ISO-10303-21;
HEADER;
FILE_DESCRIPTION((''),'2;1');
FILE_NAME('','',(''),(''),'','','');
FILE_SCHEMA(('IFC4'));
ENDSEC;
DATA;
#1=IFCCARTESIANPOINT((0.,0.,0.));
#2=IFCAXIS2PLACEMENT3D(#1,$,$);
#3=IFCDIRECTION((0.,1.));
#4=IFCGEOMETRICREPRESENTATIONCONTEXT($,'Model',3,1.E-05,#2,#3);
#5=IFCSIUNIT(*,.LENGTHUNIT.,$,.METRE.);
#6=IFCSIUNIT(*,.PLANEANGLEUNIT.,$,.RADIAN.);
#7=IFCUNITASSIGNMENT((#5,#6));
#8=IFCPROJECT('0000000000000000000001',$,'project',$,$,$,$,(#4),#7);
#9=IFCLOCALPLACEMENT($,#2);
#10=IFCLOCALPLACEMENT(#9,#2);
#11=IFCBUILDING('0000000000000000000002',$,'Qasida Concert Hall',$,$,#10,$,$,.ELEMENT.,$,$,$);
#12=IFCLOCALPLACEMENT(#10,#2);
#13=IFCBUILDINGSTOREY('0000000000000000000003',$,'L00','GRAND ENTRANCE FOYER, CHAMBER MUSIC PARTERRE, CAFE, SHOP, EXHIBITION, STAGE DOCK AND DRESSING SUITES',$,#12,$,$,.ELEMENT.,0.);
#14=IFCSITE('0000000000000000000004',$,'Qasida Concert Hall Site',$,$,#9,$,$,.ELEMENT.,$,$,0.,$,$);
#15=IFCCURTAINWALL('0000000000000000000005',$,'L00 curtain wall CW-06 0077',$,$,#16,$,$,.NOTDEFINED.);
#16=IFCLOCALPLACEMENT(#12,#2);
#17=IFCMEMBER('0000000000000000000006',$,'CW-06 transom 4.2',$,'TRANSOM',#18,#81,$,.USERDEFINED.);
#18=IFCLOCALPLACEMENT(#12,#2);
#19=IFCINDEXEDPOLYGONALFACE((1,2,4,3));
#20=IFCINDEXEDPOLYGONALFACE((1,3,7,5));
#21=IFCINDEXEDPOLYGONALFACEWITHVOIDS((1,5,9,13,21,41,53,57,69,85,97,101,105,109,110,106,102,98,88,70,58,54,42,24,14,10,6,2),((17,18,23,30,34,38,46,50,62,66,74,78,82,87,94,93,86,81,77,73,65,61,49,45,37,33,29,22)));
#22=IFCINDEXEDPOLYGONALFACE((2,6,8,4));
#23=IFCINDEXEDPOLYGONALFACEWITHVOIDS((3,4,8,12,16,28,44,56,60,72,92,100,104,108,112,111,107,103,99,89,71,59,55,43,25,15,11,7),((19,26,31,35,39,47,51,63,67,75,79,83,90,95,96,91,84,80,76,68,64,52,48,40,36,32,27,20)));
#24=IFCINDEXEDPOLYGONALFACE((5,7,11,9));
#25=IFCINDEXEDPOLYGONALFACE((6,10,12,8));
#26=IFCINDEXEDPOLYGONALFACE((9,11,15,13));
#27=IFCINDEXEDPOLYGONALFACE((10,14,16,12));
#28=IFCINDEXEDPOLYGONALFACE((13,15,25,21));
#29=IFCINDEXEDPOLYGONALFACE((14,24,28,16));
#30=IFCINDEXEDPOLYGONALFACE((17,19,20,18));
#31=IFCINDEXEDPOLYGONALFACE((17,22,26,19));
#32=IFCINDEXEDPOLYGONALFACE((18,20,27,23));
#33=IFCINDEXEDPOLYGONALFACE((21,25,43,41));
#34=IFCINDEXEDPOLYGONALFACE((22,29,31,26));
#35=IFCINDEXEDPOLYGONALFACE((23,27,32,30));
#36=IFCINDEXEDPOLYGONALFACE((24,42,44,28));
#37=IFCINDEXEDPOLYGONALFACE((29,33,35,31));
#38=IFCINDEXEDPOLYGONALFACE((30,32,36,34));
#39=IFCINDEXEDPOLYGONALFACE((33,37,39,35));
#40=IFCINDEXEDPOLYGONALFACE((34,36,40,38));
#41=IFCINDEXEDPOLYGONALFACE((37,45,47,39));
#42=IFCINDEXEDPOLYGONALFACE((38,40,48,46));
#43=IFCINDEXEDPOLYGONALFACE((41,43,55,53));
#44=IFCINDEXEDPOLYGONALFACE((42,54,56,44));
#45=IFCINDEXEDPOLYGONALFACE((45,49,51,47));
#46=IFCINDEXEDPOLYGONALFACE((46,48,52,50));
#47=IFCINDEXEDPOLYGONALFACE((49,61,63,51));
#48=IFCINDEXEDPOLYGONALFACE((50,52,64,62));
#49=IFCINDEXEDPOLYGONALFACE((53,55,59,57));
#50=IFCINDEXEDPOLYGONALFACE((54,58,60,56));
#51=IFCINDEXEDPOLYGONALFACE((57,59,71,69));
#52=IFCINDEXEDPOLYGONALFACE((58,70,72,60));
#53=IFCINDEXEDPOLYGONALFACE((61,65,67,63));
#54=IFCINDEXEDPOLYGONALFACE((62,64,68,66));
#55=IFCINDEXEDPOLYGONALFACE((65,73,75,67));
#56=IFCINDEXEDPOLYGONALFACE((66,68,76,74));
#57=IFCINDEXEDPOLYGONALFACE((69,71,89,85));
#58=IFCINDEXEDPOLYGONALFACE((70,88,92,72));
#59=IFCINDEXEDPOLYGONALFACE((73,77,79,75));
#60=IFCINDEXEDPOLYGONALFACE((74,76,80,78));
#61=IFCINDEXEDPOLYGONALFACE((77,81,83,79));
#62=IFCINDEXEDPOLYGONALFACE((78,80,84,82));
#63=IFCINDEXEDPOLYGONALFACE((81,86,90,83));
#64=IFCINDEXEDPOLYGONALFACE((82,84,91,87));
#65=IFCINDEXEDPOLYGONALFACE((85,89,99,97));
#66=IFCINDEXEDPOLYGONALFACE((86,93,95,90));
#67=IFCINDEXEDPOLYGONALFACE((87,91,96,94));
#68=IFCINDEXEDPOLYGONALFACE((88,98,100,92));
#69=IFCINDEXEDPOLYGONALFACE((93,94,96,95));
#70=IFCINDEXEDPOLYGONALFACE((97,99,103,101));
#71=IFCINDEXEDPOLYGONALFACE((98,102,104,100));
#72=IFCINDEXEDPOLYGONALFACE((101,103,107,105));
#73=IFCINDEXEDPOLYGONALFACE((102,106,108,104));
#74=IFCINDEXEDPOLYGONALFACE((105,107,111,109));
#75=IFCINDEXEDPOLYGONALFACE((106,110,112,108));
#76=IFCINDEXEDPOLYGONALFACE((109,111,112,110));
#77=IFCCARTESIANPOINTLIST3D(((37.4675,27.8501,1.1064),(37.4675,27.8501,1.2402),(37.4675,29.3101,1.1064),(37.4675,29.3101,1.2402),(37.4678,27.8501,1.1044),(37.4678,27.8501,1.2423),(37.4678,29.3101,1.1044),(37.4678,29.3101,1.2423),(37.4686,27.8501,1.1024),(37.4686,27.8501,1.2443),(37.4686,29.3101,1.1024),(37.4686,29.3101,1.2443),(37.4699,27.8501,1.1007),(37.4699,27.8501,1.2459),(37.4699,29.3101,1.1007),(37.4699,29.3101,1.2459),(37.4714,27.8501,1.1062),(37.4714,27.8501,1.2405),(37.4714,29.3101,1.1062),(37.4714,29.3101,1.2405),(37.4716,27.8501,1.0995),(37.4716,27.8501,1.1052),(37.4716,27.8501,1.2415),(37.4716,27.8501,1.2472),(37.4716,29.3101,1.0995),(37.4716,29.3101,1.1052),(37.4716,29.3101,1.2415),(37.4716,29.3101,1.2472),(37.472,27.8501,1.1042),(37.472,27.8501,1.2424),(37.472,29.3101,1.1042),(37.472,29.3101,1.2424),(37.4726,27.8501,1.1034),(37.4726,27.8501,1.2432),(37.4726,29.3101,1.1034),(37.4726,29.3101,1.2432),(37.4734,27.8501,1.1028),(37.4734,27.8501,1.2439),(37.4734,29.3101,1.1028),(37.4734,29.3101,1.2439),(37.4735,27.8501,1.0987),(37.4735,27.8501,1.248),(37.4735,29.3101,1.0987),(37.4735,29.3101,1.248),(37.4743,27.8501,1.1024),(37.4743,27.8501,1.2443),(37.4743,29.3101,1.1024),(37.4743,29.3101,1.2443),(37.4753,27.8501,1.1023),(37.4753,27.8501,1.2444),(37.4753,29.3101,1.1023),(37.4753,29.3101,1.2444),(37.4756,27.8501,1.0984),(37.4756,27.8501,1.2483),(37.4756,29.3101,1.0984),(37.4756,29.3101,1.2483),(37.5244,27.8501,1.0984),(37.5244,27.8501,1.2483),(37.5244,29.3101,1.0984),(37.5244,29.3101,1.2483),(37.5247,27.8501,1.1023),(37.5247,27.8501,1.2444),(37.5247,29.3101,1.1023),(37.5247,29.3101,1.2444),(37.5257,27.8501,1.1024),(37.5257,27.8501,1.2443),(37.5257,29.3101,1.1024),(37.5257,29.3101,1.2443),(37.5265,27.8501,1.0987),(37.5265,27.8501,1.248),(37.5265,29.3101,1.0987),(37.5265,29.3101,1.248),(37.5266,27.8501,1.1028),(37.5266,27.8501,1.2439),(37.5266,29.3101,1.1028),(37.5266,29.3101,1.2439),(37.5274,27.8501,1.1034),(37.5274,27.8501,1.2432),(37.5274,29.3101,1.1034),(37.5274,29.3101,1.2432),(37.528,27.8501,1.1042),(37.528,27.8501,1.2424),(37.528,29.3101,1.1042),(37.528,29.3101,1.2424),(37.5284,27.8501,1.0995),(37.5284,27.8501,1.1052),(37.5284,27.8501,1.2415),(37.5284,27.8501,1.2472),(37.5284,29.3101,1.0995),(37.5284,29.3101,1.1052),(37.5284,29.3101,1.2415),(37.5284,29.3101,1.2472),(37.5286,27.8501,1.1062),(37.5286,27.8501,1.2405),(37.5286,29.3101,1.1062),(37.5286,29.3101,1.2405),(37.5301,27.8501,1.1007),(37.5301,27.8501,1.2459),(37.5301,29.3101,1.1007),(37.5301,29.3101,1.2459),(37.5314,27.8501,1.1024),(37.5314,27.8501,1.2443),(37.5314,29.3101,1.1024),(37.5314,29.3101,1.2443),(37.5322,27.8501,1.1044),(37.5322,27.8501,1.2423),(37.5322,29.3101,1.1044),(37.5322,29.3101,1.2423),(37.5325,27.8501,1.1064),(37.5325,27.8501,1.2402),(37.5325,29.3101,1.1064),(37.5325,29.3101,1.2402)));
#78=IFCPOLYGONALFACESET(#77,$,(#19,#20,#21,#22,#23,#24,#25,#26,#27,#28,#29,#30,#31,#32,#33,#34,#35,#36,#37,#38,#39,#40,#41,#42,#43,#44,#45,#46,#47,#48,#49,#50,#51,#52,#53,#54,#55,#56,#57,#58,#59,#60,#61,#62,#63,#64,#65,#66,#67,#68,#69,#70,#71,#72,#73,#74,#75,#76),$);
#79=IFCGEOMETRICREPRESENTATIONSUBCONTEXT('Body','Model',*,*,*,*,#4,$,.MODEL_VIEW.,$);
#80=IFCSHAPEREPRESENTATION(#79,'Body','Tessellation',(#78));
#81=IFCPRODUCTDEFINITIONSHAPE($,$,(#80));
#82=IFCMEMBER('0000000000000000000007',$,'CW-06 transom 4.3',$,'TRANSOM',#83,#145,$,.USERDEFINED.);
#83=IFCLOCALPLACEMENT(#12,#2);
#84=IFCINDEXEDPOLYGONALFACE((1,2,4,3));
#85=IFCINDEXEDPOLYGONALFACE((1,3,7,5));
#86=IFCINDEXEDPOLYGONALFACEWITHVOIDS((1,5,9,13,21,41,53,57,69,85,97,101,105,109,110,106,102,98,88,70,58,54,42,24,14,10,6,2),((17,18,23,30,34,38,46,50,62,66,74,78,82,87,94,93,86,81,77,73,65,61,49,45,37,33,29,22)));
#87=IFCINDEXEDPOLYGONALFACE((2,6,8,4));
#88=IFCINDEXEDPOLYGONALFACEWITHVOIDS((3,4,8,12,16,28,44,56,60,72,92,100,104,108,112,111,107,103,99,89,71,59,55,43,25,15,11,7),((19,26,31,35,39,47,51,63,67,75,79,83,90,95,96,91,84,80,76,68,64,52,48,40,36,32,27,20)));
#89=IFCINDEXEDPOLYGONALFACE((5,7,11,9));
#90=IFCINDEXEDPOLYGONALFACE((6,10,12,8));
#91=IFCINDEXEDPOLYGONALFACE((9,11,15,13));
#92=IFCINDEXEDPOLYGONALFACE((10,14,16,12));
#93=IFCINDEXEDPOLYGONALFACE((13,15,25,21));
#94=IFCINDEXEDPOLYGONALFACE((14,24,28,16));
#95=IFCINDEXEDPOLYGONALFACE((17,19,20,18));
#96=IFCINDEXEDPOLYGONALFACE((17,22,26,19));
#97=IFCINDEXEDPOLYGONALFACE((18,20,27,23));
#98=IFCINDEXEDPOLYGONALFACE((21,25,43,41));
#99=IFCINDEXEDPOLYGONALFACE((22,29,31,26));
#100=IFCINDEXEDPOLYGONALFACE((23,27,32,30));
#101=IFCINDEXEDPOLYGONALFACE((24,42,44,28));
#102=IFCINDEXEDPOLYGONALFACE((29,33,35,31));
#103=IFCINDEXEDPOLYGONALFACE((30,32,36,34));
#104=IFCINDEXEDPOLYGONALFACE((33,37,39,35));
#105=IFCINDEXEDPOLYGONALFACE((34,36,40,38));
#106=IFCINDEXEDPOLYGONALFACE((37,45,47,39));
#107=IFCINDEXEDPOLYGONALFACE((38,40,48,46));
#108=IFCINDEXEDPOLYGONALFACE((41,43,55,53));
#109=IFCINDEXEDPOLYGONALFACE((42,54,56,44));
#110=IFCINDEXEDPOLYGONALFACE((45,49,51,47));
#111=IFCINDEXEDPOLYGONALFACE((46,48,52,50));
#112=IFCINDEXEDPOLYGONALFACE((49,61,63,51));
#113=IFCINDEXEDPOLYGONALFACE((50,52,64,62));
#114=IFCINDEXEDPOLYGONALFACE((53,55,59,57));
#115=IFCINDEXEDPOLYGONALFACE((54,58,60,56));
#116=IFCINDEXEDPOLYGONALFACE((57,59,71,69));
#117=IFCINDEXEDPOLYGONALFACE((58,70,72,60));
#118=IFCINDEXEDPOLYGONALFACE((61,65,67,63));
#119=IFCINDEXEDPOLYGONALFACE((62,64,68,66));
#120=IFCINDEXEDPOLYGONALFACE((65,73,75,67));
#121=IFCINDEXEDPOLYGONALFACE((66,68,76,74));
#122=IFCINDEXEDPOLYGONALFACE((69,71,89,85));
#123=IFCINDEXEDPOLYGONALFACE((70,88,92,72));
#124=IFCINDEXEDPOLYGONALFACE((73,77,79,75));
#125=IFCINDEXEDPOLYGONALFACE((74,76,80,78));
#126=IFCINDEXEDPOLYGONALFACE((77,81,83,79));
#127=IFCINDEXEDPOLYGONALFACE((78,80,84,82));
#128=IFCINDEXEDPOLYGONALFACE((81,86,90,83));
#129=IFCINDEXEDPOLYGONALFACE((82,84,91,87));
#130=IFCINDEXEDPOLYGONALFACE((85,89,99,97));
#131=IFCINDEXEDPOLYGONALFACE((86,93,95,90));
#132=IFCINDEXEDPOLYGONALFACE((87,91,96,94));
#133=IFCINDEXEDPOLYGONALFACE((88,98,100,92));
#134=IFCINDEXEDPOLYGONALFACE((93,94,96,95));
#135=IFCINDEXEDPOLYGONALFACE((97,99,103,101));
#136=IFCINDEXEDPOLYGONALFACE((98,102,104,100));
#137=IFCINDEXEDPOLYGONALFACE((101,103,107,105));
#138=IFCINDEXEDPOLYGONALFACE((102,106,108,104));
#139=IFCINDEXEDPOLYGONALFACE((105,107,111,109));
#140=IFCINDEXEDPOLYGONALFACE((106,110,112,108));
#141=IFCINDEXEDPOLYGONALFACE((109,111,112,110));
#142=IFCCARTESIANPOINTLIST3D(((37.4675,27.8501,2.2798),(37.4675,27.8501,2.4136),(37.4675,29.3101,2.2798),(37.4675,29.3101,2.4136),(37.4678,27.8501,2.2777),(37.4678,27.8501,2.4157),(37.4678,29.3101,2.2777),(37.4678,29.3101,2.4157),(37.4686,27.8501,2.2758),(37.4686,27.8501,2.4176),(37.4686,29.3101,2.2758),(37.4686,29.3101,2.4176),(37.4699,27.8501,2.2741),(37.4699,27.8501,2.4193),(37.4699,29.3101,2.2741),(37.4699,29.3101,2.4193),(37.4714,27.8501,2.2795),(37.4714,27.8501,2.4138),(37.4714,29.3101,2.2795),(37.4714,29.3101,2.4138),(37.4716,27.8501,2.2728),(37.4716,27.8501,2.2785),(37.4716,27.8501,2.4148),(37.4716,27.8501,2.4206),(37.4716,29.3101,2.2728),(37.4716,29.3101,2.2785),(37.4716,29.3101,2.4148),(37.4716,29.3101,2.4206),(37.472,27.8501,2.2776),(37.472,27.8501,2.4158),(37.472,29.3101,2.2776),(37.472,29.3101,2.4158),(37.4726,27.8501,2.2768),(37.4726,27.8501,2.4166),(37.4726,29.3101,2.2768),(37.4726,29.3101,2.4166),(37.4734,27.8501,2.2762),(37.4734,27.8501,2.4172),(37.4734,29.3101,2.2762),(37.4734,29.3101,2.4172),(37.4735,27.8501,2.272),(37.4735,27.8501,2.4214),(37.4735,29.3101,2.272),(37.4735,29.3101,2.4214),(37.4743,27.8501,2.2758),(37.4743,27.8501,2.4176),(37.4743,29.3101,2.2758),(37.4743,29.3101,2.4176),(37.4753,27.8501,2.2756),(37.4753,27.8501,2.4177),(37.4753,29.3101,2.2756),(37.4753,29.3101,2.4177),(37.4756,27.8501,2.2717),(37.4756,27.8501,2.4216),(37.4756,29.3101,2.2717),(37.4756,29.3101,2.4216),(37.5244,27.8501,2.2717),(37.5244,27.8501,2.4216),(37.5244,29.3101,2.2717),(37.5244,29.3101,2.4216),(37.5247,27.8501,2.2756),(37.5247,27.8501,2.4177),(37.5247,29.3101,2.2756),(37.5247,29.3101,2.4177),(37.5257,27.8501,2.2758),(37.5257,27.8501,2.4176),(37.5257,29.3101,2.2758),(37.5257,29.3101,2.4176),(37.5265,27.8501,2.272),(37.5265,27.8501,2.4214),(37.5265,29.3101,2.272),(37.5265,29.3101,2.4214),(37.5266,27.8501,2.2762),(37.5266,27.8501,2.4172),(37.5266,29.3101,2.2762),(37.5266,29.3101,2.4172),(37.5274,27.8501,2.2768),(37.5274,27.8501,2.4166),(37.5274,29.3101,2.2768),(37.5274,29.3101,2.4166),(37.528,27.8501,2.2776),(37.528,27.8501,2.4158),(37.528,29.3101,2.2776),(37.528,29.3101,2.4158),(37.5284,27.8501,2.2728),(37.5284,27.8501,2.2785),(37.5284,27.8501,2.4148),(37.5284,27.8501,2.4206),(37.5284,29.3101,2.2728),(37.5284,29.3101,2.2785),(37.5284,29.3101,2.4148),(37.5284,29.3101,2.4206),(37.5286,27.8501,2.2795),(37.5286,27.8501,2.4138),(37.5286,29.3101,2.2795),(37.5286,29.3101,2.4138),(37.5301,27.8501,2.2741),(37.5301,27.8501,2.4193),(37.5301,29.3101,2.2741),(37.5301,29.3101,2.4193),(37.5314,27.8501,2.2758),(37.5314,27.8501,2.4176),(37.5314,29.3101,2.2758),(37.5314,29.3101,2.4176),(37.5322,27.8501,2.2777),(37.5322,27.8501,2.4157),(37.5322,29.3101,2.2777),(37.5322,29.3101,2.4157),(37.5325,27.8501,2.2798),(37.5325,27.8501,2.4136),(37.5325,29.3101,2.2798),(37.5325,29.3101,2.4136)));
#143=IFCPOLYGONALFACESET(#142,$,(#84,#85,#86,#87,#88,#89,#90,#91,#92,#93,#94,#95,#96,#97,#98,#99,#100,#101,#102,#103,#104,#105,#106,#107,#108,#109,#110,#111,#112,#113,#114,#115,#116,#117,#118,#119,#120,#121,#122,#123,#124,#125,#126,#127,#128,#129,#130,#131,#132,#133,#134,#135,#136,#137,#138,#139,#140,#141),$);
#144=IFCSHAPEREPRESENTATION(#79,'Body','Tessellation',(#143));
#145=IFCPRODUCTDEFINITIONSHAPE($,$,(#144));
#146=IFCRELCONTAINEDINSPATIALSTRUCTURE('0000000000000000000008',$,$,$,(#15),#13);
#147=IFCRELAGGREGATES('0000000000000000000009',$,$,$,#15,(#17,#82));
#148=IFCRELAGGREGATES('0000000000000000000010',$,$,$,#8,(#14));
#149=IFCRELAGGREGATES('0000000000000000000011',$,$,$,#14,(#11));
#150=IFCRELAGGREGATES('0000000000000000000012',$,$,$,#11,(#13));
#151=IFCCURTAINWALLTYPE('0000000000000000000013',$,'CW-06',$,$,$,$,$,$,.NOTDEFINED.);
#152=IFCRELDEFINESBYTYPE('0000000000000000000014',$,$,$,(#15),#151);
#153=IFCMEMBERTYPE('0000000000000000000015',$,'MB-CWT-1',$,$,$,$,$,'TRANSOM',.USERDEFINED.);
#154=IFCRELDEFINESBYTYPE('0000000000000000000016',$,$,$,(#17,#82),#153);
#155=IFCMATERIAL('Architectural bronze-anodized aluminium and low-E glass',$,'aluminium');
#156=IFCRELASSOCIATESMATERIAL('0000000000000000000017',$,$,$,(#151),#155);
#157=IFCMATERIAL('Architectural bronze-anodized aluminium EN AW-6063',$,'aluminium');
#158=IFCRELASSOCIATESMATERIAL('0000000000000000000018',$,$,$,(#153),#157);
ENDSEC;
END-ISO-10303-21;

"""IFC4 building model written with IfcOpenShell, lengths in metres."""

from ifc_helpers import new_model, si_unit, direction, frame, origin, origin_2d, place, context, subcontext, project, spatial, hollow_rectangle, extrude, material, material_profile, profile_set, type_object, element, aggregate, save


model = new_model("IFC4")

# Units and contexts
model_context = context("Model", 3, precision=1e-05, world=origin(), true_north=direction((0.0, 1.0)))
body_context = subcontext(model_context, "Body", "Model", "MODEL_VIEW")
ifc_project = project(units=[si_unit("LENGTHUNIT", "METRE"), si_unit("PLANEANGLEUNIT", "RADIAN")], contexts=[model_context])

# Site, building, storey
site_placement = place(None, origin())
site = spatial("IfcSite", under=ifc_project, at=site_placement, Name="Qasida Concert Hall Site", CompositionType="ELEMENT", RefElevation=0.0)
building_placement = place(site_placement, origin())
building = spatial("IfcBuilding", under=site, at=building_placement, Name="Qasida Concert Hall", CompositionType="ELEMENT")
storey_placement = place(building_placement, origin())
storey = spatial("IfcBuildingStorey", under=building, at=storey_placement, Name="L00", Description="GRAND ENTRANCE FOYER, CHAMBER MUSIC PARTERRE, CAFE, SHOP, EXHIBITION, STAGE DOCK AND DRESSING SUITES", CompositionType="ELEMENT", Elevation=0.0)

# Curtain wall
ifc_material_1 = material(Name="Architectural bronze-anodized aluminium and low-E glass", Category="aluminium")
curtain_wall_type_1 = type_object("IfcCurtainWallType", Name="CW-06", PredefinedType="NOTDEFINED", material=ifc_material_1)
curtain_wall_1_placement = place(storey_placement, origin())
curtain_wall_1 = element("IfcCurtainWall", 1, at=curtain_wall_1_placement, inside=storey, type_object=curtain_wall_type_1, Name="L00 curtain wall CW-06 0077", PredefinedType="NOTDEFINED")
ifc_material_2 = material(Name="Architectural bronze-anodized aluminium EN AW-6063", Category="aluminium")

# Members
ifc_material_profile_1 = material_profile(ifc_material_2, hollow_rectangle(XDim=0.0649, YDim=0.1499, WallThickness=0.0039, InnerFilletRadius=0.0039, OuterFilletRadius=0.0081, at=origin_2d()), Name="CWT 150x65x4")
ifc_profile_set_1 = profile_set([ifc_material_profile_1], Name="Architectural bronze-anodized aluminium EN AW-6063")
member_type_1 = type_object("IfcMemberType", Name="MB-CWT-1", ElementType="TRANSOM", PredefinedType="USERDEFINED", material=ifc_profile_set_1)
member_1_placement = place(storey_placement, frame((37.5, 27.8501, 1.1733), z_axis=(0.0, 1.0, 0.0), x_axis=(-1.0, 0.0, 0.0)))
member_1 = element("IfcMember", 2, at=member_1_placement, type_object=member_type_1, Name="CW-06 transom 4.2", ObjectType="TRANSOM", PredefinedType="USERDEFINED", context=body_context, shape_type="SweptSolid", body=[
    extrude(hollow_rectangle(XDim=0.0649, YDim=0.1499, WallThickness=0.0039, InnerFilletRadius=0.0039, OuterFilletRadius=0.0081, at=origin_2d()), origin(), (0.0, 0.0, 1.0), 1.46),
])
member_2_placement = place(storey_placement, frame((37.5, 27.8501, 2.3467), z_axis=(0.0, 1.0, 0.0), x_axis=(-1.0, 0.0, 0.0)))
member_2 = element("IfcMember", 3, at=member_2_placement, type_object=member_type_1, Name="CW-06 transom 4.3", ObjectType="TRANSOM", PredefinedType="USERDEFINED", context=body_context, shape_type="SweptSolid", body=[
    extrude(hollow_rectangle(XDim=0.0649, YDim=0.1499, WallThickness=0.0039, InnerFilletRadius=0.0039, OuterFilletRadius=0.0081, at=origin_2d()), origin(), (0.0, 0.0, 1.0), 1.46),
])

aggregate(curtain_wall_1, [member_1, member_2])

save(model, "model.ifc")
